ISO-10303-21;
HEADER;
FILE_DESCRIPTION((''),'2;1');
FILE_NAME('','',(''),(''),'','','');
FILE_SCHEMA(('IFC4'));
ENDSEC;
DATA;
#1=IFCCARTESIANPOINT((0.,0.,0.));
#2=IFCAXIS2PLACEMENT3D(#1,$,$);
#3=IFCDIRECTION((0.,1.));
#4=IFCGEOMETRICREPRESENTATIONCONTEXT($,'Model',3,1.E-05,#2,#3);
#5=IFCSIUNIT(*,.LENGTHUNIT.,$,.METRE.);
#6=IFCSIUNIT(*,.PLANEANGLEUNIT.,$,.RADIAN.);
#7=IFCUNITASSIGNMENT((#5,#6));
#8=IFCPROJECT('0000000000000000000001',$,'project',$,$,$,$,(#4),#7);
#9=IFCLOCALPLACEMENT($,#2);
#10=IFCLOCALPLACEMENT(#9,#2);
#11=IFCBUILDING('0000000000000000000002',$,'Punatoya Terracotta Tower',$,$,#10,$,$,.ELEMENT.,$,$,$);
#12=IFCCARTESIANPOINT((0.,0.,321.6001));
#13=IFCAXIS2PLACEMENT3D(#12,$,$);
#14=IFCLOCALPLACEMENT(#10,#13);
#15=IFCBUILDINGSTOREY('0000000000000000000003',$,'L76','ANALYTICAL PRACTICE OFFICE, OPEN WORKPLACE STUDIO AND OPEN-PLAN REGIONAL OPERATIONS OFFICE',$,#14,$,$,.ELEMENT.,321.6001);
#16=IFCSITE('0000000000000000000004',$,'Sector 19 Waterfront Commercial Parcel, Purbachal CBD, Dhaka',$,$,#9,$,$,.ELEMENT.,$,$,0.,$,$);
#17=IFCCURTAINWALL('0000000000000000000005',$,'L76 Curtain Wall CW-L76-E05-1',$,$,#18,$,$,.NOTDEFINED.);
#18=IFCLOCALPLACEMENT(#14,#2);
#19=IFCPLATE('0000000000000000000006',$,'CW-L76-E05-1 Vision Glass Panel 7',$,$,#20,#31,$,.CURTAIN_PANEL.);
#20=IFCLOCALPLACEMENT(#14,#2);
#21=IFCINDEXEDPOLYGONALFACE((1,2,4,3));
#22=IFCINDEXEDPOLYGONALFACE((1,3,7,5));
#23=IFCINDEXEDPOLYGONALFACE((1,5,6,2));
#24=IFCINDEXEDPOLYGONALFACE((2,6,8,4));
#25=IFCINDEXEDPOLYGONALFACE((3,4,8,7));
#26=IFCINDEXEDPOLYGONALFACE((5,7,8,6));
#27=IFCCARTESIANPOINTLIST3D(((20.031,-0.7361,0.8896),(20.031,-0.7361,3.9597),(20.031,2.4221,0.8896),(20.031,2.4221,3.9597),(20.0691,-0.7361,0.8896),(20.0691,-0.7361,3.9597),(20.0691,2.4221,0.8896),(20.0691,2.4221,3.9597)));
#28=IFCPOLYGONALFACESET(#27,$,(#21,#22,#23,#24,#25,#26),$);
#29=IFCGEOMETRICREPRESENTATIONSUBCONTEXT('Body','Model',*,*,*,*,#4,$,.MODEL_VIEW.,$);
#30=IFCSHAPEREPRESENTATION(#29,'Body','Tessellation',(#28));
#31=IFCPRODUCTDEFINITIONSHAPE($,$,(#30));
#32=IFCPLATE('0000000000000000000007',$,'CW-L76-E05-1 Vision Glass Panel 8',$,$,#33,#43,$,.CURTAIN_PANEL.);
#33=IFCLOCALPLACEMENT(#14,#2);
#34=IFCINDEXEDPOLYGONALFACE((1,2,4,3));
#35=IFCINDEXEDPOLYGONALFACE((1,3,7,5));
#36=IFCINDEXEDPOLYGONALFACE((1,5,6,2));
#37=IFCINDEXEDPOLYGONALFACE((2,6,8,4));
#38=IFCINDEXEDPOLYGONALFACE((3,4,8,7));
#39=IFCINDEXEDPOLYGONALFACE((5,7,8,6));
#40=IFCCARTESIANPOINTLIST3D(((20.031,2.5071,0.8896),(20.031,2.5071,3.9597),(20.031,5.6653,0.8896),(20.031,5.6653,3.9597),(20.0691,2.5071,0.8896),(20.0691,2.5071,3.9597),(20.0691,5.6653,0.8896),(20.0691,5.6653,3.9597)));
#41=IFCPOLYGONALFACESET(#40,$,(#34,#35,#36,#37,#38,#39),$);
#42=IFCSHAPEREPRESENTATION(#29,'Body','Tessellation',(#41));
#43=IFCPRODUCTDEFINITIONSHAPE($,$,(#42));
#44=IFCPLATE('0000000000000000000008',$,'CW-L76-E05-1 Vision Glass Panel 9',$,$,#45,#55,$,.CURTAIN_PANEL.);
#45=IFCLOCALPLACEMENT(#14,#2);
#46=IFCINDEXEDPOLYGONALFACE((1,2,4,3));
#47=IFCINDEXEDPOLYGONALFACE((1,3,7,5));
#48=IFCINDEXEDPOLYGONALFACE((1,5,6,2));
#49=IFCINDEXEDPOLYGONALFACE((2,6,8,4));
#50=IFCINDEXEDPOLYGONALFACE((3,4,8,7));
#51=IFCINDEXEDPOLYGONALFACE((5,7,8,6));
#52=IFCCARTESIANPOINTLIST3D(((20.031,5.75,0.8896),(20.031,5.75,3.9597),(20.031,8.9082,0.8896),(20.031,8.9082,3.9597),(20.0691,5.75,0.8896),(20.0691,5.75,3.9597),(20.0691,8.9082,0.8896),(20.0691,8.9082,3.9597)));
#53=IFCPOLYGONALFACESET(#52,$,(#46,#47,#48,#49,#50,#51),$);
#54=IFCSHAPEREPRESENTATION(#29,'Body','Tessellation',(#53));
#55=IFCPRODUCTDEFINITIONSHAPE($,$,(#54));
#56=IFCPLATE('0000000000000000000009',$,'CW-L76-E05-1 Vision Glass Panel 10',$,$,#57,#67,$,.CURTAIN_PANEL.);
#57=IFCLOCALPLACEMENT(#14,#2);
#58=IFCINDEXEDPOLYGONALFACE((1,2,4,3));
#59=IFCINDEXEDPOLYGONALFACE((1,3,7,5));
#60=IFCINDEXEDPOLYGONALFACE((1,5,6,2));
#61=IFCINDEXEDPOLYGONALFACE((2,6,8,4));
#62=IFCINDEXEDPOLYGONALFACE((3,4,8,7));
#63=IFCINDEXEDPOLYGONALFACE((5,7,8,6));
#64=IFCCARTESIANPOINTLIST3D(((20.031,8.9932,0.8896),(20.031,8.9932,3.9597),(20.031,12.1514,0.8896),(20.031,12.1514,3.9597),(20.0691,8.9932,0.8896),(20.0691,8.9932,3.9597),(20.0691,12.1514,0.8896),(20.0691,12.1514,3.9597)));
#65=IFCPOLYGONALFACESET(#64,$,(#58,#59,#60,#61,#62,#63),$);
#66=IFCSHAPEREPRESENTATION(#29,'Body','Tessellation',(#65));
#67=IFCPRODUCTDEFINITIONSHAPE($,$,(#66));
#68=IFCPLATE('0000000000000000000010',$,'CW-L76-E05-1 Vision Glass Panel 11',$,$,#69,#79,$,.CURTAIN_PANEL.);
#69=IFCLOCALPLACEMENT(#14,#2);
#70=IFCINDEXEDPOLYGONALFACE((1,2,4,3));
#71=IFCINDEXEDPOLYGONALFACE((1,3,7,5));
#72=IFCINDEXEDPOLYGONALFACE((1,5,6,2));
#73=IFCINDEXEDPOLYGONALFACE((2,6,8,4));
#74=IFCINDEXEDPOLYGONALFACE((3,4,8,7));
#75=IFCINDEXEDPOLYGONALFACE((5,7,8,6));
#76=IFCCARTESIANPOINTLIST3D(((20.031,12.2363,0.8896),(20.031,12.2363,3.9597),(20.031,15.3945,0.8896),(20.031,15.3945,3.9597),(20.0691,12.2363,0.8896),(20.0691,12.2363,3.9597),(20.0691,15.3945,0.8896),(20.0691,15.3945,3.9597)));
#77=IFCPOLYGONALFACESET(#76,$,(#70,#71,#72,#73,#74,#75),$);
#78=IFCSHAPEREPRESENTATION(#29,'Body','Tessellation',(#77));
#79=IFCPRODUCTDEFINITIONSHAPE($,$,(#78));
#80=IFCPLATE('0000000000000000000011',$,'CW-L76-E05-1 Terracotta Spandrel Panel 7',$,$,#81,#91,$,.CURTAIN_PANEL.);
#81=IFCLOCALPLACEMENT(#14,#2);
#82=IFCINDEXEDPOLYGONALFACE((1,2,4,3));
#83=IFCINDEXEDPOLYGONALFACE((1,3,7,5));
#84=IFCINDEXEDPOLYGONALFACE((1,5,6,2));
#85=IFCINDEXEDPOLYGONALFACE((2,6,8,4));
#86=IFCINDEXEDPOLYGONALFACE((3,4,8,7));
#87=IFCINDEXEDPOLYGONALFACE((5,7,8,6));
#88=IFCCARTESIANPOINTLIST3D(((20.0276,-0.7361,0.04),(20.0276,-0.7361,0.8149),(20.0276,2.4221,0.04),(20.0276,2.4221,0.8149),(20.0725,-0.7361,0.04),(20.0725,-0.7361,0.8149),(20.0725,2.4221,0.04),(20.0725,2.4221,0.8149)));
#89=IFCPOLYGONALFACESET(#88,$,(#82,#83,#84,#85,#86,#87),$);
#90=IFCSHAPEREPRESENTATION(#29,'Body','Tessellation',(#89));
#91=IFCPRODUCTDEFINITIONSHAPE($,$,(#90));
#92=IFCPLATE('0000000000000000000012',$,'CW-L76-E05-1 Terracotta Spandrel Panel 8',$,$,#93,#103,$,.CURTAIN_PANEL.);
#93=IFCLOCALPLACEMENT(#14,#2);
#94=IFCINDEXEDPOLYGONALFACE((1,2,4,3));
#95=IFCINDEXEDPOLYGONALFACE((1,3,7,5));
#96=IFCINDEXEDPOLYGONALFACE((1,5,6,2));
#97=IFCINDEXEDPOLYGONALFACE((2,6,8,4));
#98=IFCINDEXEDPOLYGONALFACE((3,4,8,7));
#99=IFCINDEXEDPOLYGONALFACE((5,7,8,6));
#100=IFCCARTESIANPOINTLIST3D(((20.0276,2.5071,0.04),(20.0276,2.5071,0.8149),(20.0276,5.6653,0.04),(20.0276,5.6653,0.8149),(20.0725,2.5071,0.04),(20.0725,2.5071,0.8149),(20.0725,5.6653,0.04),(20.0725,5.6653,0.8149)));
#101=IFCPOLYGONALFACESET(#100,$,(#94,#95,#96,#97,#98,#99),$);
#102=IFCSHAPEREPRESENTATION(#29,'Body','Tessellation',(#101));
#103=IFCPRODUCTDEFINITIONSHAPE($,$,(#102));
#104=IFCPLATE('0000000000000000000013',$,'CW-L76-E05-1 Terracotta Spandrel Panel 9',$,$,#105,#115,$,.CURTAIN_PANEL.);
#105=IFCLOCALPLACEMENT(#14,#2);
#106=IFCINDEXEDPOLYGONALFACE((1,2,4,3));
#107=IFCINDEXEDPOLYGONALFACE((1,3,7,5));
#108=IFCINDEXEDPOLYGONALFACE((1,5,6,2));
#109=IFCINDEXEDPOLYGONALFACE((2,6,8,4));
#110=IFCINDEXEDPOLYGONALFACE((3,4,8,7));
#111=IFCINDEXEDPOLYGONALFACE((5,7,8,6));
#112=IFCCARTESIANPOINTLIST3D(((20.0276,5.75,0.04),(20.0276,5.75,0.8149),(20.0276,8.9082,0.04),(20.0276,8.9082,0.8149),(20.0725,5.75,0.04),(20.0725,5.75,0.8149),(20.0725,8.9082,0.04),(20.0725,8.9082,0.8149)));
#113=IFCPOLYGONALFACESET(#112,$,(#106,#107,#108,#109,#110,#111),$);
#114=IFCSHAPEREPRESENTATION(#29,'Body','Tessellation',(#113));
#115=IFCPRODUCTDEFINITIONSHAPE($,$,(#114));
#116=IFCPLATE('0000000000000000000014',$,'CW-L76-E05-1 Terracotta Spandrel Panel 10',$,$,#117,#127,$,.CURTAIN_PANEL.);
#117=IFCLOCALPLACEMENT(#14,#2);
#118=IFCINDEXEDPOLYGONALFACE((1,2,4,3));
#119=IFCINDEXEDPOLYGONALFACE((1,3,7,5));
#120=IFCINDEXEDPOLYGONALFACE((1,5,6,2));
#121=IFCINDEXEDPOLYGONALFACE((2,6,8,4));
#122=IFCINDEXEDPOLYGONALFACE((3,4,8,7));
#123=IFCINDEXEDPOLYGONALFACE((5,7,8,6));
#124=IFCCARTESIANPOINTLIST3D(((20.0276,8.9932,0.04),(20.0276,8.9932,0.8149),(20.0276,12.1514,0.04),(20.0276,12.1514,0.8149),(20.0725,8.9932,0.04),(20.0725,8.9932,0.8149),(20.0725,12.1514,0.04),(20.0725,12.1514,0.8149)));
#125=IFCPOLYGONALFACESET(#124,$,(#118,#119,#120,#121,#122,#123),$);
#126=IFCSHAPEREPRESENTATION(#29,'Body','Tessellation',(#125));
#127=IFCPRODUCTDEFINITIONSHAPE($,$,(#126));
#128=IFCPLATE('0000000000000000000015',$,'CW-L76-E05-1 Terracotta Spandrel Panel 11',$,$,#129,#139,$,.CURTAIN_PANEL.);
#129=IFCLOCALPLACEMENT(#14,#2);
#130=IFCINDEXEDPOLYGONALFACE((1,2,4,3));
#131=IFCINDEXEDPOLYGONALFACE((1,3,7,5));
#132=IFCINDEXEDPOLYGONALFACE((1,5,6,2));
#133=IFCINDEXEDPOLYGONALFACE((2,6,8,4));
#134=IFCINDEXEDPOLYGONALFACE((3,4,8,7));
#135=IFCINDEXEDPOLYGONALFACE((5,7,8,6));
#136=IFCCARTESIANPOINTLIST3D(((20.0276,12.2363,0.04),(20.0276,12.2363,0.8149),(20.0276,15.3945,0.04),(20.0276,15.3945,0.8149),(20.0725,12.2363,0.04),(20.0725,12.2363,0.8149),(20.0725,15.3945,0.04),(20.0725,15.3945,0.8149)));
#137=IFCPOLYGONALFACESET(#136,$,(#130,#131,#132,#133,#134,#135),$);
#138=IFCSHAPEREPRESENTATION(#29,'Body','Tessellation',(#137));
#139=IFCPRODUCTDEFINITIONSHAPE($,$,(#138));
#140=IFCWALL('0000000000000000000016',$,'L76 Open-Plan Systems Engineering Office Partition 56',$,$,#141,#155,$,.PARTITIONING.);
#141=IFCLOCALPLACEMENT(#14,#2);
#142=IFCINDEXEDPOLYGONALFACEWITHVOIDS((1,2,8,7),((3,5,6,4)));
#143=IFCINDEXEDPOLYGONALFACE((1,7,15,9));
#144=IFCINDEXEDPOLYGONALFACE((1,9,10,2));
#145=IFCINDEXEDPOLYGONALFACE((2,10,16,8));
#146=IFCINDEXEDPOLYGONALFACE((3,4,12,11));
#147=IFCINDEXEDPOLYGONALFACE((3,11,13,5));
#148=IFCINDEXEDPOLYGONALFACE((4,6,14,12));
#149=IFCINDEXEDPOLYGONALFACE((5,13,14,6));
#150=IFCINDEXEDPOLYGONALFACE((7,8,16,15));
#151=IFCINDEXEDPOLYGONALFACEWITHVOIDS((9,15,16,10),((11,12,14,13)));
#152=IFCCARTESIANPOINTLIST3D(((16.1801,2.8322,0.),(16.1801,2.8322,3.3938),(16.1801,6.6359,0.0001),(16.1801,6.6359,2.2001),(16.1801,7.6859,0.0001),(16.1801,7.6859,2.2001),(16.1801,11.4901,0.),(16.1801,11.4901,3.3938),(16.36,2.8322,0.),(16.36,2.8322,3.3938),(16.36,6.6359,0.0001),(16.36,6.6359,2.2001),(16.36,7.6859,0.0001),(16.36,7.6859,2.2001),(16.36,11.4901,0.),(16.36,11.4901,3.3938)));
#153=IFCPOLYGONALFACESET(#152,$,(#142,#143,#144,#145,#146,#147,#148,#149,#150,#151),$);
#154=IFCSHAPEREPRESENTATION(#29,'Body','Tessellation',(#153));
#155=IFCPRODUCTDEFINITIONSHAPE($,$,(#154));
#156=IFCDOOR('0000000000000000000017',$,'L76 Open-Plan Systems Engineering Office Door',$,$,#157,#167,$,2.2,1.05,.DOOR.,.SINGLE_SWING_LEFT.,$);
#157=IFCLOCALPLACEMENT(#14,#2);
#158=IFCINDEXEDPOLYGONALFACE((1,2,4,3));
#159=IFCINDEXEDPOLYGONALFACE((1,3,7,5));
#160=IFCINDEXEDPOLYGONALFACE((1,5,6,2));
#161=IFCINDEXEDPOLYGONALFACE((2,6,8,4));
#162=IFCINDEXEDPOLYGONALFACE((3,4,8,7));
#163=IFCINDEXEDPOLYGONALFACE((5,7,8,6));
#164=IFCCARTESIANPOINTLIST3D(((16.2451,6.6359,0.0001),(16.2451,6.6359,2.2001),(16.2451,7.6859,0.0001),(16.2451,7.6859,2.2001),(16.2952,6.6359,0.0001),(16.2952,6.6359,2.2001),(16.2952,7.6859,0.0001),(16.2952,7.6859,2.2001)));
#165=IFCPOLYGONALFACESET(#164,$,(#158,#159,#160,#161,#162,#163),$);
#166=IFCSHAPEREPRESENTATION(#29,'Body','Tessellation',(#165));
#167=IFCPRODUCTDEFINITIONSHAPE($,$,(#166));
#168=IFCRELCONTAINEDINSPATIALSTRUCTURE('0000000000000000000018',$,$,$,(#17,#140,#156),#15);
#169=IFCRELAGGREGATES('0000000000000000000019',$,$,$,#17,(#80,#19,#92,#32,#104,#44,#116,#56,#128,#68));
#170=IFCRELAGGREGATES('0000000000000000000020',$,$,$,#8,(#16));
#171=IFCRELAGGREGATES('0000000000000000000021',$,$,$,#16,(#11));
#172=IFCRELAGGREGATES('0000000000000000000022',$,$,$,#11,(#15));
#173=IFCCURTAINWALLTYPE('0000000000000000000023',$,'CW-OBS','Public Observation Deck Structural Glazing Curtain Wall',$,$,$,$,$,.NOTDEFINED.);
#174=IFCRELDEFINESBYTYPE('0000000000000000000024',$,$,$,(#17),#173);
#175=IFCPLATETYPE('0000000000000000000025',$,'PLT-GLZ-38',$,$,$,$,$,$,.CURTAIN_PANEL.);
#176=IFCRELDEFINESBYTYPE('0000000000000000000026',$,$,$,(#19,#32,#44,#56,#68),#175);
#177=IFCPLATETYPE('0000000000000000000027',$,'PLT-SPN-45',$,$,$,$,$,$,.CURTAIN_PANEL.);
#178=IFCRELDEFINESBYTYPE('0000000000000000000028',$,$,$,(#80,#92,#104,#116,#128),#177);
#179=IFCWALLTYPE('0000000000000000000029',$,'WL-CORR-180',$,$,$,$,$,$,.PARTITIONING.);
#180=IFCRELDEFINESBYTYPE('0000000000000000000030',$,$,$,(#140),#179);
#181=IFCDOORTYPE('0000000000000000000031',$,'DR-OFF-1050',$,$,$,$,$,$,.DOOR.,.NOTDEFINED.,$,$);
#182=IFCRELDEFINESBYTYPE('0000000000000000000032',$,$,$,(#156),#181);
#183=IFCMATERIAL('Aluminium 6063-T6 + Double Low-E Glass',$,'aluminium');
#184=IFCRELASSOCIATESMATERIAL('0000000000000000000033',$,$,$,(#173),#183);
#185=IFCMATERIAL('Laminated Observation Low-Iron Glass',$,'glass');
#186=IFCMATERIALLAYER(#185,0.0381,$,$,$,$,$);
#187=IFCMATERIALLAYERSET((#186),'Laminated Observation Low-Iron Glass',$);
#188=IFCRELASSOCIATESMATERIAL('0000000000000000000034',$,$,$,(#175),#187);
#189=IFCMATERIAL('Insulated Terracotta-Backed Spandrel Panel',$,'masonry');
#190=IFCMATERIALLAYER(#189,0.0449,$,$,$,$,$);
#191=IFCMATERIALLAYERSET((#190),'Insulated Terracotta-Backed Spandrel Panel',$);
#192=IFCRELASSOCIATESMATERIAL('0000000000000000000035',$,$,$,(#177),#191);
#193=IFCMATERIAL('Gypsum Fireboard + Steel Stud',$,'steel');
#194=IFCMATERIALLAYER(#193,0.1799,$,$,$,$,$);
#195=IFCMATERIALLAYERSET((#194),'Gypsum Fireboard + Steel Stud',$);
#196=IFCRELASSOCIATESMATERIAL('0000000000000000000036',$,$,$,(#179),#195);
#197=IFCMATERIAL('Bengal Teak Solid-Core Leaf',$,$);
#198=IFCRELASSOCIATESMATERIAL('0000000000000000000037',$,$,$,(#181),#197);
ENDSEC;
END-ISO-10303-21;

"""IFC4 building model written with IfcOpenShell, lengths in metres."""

from ifc_helpers import new_model, si_unit, direction, frame, frame_2d, origin, origin_2d, place, context, subcontext, project, spatial, rectangle, extrude, material, layer, layer_set, type_object, element, fill, aggregate, save


model = new_model("IFC4")

# Units and contexts
model_context = context("Model", 3, precision=1e-05, world=origin(), true_north=direction((0.0, 1.0)))
body_context = subcontext(model_context, "Body", "Model", "MODEL_VIEW")
ifc_project = project(units=[si_unit("LENGTHUNIT", "METRE"), si_unit("PLANEANGLEUNIT", "RADIAN")], contexts=[model_context])

# Site, building, storey
site_placement = place(None, origin())
site = spatial("IfcSite", under=ifc_project, at=site_placement, Name="Sector 19 Waterfront Commercial Parcel, Purbachal CBD, Dhaka", CompositionType="ELEMENT", RefElevation=0.0)
building_placement = place(site_placement, origin())
building = spatial("IfcBuilding", under=site, at=building_placement, Name="Punatoya Terracotta Tower", CompositionType="ELEMENT")
storey_placement = place(building_placement, frame((0.0, 0.0, 321.6001)))
storey = spatial("IfcBuildingStorey", under=building, at=storey_placement, Name="L76", Description="ANALYTICAL PRACTICE OFFICE, OPEN WORKPLACE STUDIO AND OPEN-PLAN REGIONAL OPERATIONS OFFICE", CompositionType="ELEMENT", Elevation=321.6001)

# Curtain wall
ifc_material_1 = material(Name="Aluminium 6063-T6 + Double Low-E Glass", Category="aluminium")
curtain_wall_type = type_object("IfcCurtainWallType", Name="CW-OBS", Description="Public Observation Deck Structural Glazing Curtain Wall", PredefinedType="NOTDEFINED", material=ifc_material_1)
curtain_wall_1_placement = place(storey_placement, origin())
curtain_wall_1 = element("IfcCurtainWall", 1, at=curtain_wall_1_placement, inside=storey, type_object=curtain_wall_type, Name="L76 Curtain Wall CW-L76-E05-1", PredefinedType="NOTDEFINED")

# Plates
ifc_material_2 = material(Name="Laminated Observation Low-Iron Glass", Category="glass")
ifc_layer_1 = layer(ifc_material_2, 0.0381)
ifc_layer_set_1 = layer_set([ifc_layer_1], Name="Laminated Observation Low-Iron Glass")
plate_type_1 = type_object("IfcPlateType", Name="PLT-GLZ-38", PredefinedType="CURTAIN_PANEL", material=ifc_layer_set_1)
plate_1_placement = place(storey_placement, frame((20.05, 0.843, 0.8896), z_axis=(0.0, 0.0, 1.0), x_axis=(0.0, 1.0, 0.0)))
plate_1 = element("IfcPlate", 2, at=plate_1_placement, type_object=plate_type_1, Name="CW-L76-E05-1 Vision Glass Panel 7", PredefinedType="CURTAIN_PANEL", context=body_context, shape_type="SweptSolid", body=[
    extrude(rectangle(XDim=3.1582, YDim=0.0381, at=origin_2d()), origin(), (0.0, 0.0, 1.0), 3.0701),
])
plate_2_placement = place(storey_placement, frame((20.05, 4.0862, 0.8896), z_axis=(0.0, 0.0, 1.0), x_axis=(0.0, 1.0, 0.0)))
plate_2 = element("IfcPlate", 3, at=plate_2_placement, type_object=plate_type_1, Name="CW-L76-E05-1 Vision Glass Panel 8", PredefinedType="CURTAIN_PANEL", context=body_context, shape_type="SweptSolid", body=[
    extrude(rectangle(XDim=3.1582, YDim=0.0381, at=origin_2d()), origin(), (0.0, 0.0, 1.0), 3.0701),
])
plate_3_placement = place(storey_placement, frame((20.05, 7.3291, 0.8896), z_axis=(0.0, 0.0, 1.0), x_axis=(0.0, 1.0, 0.0)))
plate_3 = element("IfcPlate", 4, at=plate_3_placement, type_object=plate_type_1, Name="CW-L76-E05-1 Vision Glass Panel 9", PredefinedType="CURTAIN_PANEL", context=body_context, shape_type="SweptSolid", body=[
    extrude(rectangle(XDim=3.1582, YDim=0.0381, at=origin_2d()), origin(), (0.0, 0.0, 1.0), 3.0701),
])
plate_4_placement = place(storey_placement, frame((20.05, 10.5723, 0.8896), z_axis=(0.0, 0.0, 1.0), x_axis=(0.0, 1.0, 0.0)))
plate_4 = element("IfcPlate", 5, at=plate_4_placement, type_object=plate_type_1, Name="CW-L76-E05-1 Vision Glass Panel 10", PredefinedType="CURTAIN_PANEL", context=body_context, shape_type="SweptSolid", body=[
    extrude(rectangle(XDim=3.1582, YDim=0.0381, at=origin_2d()), origin(), (0.0, 0.0, 1.0), 3.0701),
])
plate_5_placement = place(storey_placement, frame((20.05, 13.8154, 0.8896), z_axis=(0.0, 0.0, 1.0), x_axis=(0.0, 1.0, 0.0)))
plate_5 = element("IfcPlate", 6, at=plate_5_placement, type_object=plate_type_1, Name="CW-L76-E05-1 Vision Glass Panel 11", PredefinedType="CURTAIN_PANEL", context=body_context, shape_type="SweptSolid", body=[
    extrude(rectangle(XDim=3.1582, YDim=0.0381, at=origin_2d()), origin(), (0.0, 0.0, 1.0), 3.0701),
])
ifc_material_3 = material(Name="Insulated Terracotta-Backed Spandrel Panel", Category="masonry")
ifc_layer_2 = layer(ifc_material_3, 0.0449)
ifc_layer_set_2 = layer_set([ifc_layer_2], Name="Insulated Terracotta-Backed Spandrel Panel")
plate_type_2 = type_object("IfcPlateType", Name="PLT-SPN-45", PredefinedType="CURTAIN_PANEL", material=ifc_layer_set_2)
plate_6_placement = place(storey_placement, frame((20.05, 0.843, 0.04), z_axis=(0.0, 0.0, 1.0), x_axis=(0.0, 1.0, 0.0)))
plate_6 = element("IfcPlate", 7, at=plate_6_placement, type_object=plate_type_2, Name="CW-L76-E05-1 Terracotta Spandrel Panel 7", PredefinedType="CURTAIN_PANEL", context=body_context, shape_type="SweptSolid", body=[
    extrude(rectangle(XDim=3.1582, YDim=0.0449, at=origin_2d()), origin(), (0.0, 0.0, 1.0), 0.7749),
])
plate_7_placement = place(storey_placement, frame((20.05, 4.0862, 0.04), z_axis=(0.0, 0.0, 1.0), x_axis=(0.0, 1.0, 0.0)))
plate_7 = element("IfcPlate", 8, at=plate_7_placement, type_object=plate_type_2, Name="CW-L76-E05-1 Terracotta Spandrel Panel 8", PredefinedType="CURTAIN_PANEL", context=body_context, shape_type="SweptSolid", body=[
    extrude(rectangle(XDim=3.1582, YDim=0.0449, at=origin_2d()), origin(), (0.0, 0.0, 1.0), 0.7749),
])
plate_8_placement = place(storey_placement, frame((20.05, 7.3291, 0.04), z_axis=(0.0, 0.0, 1.0), x_axis=(0.0, 1.0, 0.0)))
plate_8 = element("IfcPlate", 9, at=plate_8_placement, type_object=plate_type_2, Name="CW-L76-E05-1 Terracotta Spandrel Panel 9", PredefinedType="CURTAIN_PANEL", context=body_context, shape_type="SweptSolid", body=[
    extrude(rectangle(XDim=3.1582, YDim=0.0449, at=origin_2d()), origin(), (0.0, 0.0, 1.0), 0.7749),
])
plate_9_placement = place(storey_placement, frame((20.05, 10.5723, 0.04), z_axis=(0.0, 0.0, 1.0), x_axis=(0.0, 1.0, 0.0)))
plate_9 = element("IfcPlate", 10, at=plate_9_placement, type_object=plate_type_2, Name="CW-L76-E05-1 Terracotta Spandrel Panel 10", PredefinedType="CURTAIN_PANEL", context=body_context, shape_type="SweptSolid", body=[
    extrude(rectangle(XDim=3.1582, YDim=0.0449, at=origin_2d()), origin(), (0.0, 0.0, 1.0), 0.7749),
])
plate_10_placement = place(storey_placement, frame((20.05, 13.8154, 0.04), z_axis=(0.0, 0.0, 1.0), x_axis=(0.0, 1.0, 0.0)))
plate_10 = element("IfcPlate", 11, at=plate_10_placement, type_object=plate_type_2, Name="CW-L76-E05-1 Terracotta Spandrel Panel 11", PredefinedType="CURTAIN_PANEL", context=body_context, shape_type="SweptSolid", body=[
    extrude(rectangle(XDim=3.1582, YDim=0.0449, at=origin_2d()), origin(), (0.0, 0.0, 1.0), 0.7749),
])
aggregate(curtain_wall_1, [plate_6, plate_1, plate_7, plate_2, plate_8, plate_3, plate_9, plate_4, plate_10, plate_5])

# Wall, opening, door
ifc_material_4 = material(Name="Gypsum Fireboard + Steel Stud", Category="steel")
ifc_layer_3 = layer(ifc_material_4, 0.1799)
ifc_layer_set_3 = layer_set([ifc_layer_3], Name="Gypsum Fireboard + Steel Stud")
wall_type_1 = type_object("IfcWallType", Name="WL-CORR-180", PredefinedType="PARTITIONING", material=ifc_layer_set_3)
wall_1_placement = place(storey_placement, frame((16.27, 2.832, 0.0), z_axis=(0.0, 0.0, 1.0), x_axis=(0.0, 1.0, 0.0)))
wall_1 = element("IfcWall", 12, at=wall_1_placement, inside=storey, type_object=wall_type_1, Name="L76 Open-Plan Systems Engineering Office Partition 56", PredefinedType="PARTITIONING", context=body_context, shape_type="SweptSolid", body=[
    extrude(rectangle(XDim=8.658, YDim=0.1799, at=frame_2d((4.3291, 0.0))), origin(), (0.0, 0.0, 1.0), 3.3938),
])
opening_1_placement = place(wall_1_placement, frame((3.804, 0.0, 0.0)))
opening_1 = element("IfcOpeningElement", 13, at=opening_1_placement, cuts=wall_1, PredefinedType="OPENING", context=body_context, shape_type="SweptSolid", body=[
    extrude(rectangle(XDim=1.05, YDim=2.2, at=frame_2d((0.5249, 1.1001))), frame((0.0, 0.0999, 0.0), z_axis=(0.0, -1.0, 0.0), x_axis=(1.0, 0.0, 0.0)), (0.0, 0.0, 1.0), 0.2),
])
ifc_material_5 = material(Name="Bengal Teak Solid-Core Leaf")
door_type = type_object("IfcDoorType", Name="DR-OFF-1050", OperationType="NOTDEFINED", PredefinedType="DOOR", material=ifc_material_5)
door_1_placement = place(opening_1_placement, origin())
door_1 = element("IfcDoor", 14, at=door_1_placement, inside=storey, type_object=door_type, Name="L76 Open-Plan Systems Engineering Office Door", OperationType="SINGLE_SWING_LEFT", OverallHeight=2.2, OverallWidth=1.05, PredefinedType="DOOR", context=body_context, shape_type="SweptSolid", body=[
    extrude(rectangle(XDim=1.05, YDim=2.2, at=frame_2d((0.5249, 1.1001))), frame((0.0, 0.0249, 0.0), z_axis=(0.0, -1.0, 0.0), x_axis=(1.0, 0.0, 0.0)), (0.0, 0.0, 1.0), 0.05),
])
fill(opening_1, door_1)

save(model, "model.ifc")
